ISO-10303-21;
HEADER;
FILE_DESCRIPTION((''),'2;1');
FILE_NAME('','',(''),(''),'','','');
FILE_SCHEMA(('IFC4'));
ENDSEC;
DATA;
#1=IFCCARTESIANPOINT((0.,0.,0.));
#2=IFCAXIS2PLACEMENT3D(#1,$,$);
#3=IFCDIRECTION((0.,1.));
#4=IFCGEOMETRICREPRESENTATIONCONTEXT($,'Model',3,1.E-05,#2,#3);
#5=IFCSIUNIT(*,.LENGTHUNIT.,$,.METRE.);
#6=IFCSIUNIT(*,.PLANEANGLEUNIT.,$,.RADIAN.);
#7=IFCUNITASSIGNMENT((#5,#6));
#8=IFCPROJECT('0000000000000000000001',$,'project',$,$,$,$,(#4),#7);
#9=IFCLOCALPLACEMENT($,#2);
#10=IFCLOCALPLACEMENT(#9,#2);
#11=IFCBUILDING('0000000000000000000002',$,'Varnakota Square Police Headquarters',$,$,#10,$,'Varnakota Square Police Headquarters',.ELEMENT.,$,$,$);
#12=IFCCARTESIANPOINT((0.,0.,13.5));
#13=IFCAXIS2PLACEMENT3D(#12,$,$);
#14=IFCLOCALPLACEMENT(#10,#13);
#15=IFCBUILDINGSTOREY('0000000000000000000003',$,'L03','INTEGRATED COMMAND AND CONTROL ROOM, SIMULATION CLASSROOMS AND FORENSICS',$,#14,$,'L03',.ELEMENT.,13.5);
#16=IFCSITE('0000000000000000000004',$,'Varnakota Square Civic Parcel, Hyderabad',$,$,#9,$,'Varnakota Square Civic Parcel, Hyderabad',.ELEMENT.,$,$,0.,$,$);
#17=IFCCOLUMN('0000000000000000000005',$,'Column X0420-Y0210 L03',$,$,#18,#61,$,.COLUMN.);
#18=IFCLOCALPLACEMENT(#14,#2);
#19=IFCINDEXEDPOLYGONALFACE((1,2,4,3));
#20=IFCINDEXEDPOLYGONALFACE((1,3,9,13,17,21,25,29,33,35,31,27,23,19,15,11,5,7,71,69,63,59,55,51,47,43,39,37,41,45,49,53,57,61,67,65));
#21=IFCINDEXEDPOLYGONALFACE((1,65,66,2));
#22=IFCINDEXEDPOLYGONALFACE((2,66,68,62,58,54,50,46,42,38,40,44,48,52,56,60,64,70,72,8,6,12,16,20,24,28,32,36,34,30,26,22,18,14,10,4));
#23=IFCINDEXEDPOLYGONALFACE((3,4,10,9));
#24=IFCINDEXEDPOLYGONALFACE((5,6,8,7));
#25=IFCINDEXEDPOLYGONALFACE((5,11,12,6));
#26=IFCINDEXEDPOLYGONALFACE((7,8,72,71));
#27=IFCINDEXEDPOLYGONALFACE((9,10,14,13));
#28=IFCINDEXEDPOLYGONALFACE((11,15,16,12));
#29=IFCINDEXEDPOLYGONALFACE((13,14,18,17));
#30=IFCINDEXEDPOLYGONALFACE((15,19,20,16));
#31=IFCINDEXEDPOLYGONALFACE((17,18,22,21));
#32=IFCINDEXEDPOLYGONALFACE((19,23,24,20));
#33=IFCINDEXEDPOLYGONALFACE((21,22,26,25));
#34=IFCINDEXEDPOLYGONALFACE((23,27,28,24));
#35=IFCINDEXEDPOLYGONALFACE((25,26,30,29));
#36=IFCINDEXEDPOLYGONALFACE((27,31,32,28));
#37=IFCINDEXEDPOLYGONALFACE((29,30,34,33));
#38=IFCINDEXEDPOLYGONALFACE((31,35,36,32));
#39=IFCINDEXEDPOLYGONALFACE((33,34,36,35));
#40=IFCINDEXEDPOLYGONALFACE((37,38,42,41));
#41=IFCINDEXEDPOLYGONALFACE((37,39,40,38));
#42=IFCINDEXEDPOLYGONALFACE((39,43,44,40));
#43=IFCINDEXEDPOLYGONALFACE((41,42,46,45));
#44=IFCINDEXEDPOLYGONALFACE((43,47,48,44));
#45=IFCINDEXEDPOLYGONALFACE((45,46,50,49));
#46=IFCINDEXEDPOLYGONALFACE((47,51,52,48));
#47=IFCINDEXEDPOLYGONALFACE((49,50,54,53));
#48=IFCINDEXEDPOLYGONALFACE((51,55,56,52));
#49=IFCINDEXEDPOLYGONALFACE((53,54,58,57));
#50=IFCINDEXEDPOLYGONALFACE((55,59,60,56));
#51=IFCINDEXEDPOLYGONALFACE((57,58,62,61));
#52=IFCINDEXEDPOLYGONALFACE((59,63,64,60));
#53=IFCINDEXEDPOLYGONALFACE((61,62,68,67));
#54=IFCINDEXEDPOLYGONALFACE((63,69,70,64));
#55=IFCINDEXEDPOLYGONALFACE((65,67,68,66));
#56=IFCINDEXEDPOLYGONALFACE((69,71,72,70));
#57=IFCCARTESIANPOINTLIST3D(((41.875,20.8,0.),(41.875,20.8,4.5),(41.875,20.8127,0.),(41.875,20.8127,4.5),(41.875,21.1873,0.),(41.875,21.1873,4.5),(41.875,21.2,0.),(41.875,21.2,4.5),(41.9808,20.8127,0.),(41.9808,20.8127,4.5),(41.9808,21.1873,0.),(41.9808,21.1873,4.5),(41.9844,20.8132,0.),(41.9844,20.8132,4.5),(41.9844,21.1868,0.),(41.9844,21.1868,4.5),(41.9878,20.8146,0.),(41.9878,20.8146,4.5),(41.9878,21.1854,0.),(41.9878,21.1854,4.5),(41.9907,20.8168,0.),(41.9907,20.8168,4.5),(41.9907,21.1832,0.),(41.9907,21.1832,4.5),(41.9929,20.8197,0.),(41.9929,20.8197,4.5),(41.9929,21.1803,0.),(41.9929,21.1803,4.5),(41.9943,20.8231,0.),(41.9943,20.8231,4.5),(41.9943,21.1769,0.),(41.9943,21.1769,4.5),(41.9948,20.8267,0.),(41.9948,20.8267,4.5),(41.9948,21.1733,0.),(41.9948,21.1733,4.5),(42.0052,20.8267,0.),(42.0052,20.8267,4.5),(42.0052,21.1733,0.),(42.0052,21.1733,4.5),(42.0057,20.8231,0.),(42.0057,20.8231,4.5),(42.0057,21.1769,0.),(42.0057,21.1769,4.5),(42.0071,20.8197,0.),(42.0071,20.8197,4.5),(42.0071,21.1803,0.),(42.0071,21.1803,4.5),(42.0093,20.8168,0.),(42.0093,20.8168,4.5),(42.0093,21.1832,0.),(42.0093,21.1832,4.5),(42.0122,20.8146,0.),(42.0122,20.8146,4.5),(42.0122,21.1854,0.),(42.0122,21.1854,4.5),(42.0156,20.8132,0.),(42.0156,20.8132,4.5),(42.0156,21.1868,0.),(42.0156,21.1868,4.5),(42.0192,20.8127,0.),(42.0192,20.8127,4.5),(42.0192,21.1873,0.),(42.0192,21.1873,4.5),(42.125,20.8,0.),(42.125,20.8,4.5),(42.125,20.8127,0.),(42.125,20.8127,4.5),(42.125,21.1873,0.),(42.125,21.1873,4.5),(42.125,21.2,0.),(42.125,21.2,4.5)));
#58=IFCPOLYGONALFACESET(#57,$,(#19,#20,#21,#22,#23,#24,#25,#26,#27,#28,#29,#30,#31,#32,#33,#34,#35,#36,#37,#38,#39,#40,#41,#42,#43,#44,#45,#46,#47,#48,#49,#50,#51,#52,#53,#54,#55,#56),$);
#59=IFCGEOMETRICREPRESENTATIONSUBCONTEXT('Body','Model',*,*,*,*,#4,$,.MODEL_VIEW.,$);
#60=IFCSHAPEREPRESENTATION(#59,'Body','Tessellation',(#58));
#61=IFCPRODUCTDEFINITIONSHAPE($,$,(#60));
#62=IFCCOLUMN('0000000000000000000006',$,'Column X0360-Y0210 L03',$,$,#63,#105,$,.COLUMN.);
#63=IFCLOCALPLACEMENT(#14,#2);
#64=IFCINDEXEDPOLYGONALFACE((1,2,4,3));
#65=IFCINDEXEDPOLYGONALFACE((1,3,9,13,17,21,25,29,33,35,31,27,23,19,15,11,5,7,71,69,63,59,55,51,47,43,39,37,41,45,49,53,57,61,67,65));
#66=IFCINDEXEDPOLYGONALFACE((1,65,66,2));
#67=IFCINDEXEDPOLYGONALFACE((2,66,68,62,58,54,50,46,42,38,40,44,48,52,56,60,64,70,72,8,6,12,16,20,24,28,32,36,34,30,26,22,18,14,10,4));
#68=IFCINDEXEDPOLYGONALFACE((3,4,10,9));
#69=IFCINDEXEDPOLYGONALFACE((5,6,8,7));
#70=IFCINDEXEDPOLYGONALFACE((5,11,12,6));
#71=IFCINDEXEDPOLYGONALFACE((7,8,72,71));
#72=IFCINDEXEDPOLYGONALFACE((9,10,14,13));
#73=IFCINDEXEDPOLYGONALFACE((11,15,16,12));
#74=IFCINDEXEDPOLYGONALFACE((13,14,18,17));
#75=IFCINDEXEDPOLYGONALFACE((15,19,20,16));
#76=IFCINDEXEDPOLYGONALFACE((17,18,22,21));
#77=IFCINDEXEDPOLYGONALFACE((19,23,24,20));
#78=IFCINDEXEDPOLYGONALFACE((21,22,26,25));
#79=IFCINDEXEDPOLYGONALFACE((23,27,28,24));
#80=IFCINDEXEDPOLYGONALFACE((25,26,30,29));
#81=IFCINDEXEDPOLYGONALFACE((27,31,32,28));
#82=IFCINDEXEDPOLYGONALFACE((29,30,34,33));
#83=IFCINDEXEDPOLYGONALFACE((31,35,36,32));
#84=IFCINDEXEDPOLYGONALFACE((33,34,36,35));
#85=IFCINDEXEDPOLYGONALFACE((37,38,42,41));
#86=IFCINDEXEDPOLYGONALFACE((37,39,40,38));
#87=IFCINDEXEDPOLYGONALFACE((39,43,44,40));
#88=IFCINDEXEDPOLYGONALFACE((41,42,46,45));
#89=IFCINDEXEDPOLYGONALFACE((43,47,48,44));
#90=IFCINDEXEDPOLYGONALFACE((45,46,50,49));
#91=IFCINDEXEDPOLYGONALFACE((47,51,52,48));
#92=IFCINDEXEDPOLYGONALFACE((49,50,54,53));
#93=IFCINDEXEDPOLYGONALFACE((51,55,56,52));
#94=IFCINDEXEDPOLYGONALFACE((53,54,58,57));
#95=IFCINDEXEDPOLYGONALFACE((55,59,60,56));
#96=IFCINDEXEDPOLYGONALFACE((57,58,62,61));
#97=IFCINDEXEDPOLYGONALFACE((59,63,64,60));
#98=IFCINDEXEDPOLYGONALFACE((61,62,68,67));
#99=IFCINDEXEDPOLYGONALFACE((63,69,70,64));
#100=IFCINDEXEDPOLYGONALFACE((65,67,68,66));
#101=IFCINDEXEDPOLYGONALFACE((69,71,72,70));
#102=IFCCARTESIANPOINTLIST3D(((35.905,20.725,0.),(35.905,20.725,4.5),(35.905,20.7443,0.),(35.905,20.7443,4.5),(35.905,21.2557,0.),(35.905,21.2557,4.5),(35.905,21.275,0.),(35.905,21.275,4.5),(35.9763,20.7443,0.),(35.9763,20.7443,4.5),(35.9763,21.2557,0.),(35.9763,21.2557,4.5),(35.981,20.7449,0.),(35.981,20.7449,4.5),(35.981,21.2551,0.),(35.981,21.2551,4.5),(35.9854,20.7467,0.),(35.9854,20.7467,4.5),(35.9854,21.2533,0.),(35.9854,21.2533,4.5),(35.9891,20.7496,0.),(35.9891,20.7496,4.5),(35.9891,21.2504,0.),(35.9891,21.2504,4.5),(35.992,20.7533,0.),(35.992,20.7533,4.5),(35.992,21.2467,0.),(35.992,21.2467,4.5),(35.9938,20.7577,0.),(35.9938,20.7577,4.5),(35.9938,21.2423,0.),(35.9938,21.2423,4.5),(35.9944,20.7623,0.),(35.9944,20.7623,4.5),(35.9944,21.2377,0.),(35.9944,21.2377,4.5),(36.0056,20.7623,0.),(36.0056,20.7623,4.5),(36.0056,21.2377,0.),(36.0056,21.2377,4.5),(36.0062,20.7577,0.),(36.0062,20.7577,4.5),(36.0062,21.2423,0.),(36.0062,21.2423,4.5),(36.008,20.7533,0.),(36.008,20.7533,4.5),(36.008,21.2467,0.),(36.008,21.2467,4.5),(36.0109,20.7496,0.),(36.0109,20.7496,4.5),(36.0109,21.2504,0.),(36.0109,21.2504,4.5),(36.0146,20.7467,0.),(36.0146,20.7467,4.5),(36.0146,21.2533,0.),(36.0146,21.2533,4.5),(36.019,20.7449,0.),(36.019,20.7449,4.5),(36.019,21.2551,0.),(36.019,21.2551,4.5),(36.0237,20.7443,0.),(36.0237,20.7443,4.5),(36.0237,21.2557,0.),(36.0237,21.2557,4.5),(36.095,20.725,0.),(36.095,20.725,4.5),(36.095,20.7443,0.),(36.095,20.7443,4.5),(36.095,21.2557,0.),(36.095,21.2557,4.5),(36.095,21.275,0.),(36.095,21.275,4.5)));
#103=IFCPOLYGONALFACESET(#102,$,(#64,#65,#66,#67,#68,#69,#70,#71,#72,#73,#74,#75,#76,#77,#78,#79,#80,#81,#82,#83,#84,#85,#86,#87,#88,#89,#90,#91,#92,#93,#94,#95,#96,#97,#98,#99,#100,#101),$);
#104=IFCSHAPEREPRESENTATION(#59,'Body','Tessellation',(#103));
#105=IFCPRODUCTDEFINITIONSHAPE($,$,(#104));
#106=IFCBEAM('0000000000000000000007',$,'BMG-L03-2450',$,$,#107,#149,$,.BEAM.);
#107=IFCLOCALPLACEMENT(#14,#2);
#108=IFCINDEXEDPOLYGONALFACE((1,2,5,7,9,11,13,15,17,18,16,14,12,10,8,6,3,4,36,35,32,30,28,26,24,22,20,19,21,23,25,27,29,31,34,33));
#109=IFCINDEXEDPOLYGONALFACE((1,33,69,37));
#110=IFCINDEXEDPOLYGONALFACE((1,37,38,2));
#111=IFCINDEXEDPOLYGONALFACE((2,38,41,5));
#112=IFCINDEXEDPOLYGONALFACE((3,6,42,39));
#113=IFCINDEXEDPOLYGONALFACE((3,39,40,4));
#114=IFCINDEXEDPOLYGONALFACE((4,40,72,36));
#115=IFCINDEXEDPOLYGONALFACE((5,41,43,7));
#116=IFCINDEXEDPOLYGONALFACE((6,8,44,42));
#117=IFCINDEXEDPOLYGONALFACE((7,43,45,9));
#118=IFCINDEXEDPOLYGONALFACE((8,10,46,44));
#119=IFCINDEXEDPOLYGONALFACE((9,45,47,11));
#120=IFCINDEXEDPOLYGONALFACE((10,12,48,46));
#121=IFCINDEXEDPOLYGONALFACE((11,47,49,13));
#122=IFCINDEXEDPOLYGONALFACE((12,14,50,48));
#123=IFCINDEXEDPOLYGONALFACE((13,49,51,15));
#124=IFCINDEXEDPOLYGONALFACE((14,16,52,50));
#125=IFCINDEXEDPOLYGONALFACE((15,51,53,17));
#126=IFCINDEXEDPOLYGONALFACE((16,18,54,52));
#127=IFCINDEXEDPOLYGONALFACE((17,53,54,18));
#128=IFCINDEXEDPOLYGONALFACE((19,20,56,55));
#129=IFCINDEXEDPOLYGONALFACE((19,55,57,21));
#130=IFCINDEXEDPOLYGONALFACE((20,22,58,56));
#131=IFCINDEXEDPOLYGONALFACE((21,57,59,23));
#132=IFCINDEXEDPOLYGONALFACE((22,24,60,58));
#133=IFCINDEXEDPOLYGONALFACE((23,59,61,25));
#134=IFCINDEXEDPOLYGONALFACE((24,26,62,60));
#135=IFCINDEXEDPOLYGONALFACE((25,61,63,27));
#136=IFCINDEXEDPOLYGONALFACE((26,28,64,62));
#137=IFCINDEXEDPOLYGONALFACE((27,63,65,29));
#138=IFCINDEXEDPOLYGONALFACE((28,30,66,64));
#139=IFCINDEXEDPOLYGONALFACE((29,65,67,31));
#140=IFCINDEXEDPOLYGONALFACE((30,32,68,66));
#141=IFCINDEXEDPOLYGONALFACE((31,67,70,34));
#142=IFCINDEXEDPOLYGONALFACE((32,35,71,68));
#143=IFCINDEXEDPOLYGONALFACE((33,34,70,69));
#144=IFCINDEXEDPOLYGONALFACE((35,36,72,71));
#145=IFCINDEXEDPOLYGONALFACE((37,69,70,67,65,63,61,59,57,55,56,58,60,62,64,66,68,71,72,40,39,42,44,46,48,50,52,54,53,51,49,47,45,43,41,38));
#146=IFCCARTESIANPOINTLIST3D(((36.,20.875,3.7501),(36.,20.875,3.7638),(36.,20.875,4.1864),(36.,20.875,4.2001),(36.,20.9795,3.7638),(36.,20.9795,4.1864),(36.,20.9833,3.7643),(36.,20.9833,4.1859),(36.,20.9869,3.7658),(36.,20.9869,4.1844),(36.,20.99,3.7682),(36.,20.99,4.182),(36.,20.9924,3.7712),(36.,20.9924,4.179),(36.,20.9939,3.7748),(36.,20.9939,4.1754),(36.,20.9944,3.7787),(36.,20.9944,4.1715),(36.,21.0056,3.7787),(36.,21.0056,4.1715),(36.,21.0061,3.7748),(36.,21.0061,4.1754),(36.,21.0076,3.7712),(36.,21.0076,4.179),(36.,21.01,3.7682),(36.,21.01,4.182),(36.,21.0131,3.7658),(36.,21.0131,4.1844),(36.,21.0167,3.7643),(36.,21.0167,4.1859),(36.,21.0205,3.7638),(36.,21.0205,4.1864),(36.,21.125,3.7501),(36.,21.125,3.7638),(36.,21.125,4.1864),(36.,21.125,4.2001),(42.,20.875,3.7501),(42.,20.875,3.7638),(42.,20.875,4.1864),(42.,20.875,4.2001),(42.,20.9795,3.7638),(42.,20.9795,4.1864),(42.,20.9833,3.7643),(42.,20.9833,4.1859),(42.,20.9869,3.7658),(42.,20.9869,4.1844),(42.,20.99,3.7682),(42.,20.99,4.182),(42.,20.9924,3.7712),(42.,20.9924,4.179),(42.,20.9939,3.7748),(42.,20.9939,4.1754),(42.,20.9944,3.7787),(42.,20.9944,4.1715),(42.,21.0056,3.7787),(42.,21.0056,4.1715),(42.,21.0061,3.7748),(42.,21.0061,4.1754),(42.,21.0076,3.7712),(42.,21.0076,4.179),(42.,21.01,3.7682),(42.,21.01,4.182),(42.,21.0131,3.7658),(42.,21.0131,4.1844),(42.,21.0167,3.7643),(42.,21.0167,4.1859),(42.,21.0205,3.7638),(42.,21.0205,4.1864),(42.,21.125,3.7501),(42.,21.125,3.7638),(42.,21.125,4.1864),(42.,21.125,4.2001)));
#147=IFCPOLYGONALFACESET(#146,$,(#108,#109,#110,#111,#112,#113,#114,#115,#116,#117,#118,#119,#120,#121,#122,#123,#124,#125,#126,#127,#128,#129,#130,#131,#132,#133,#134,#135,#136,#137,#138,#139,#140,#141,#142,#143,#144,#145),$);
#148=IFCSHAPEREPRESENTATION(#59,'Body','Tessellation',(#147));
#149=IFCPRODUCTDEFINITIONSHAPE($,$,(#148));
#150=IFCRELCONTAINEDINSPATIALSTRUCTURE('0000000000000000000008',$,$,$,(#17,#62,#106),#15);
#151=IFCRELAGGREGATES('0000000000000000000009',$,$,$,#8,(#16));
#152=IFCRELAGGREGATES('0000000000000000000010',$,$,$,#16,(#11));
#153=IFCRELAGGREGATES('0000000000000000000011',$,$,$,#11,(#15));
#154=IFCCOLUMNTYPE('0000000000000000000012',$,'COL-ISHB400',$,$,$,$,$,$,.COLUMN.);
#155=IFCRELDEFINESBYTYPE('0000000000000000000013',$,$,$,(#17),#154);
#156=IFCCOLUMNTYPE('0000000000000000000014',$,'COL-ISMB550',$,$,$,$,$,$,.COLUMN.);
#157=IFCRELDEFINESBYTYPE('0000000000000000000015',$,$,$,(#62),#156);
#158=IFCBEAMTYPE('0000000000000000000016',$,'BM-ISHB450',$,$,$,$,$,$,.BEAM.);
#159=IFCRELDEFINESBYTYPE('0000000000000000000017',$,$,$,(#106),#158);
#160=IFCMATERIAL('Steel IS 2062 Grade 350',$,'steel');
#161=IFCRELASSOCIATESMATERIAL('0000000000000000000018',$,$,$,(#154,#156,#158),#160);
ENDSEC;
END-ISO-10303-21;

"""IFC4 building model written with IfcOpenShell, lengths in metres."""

from ifc_helpers import new_model, si_unit, direction, frame, origin, origin_2d, place, context, subcontext, project, spatial, i_section, extrude, material, material_profile, profile_set, type_object, element, save


model = new_model("IFC4")

# Units and contexts
model_context = context("Model", 3, precision=1e-05, world=origin(), true_north=direction((0.0, 1.0)))
body_context = subcontext(model_context, "Body", "Model", "MODEL_VIEW")
ifc_project = project(units=[si_unit("LENGTHUNIT", "METRE"), si_unit("PLANEANGLEUNIT", "RADIAN")], contexts=[model_context])

# Site, building, storey
site_placement = place(None, origin())
site = spatial("IfcSite", under=ifc_project, at=site_placement, Name="Varnakota Square Civic Parcel, Hyderabad", LongName="Varnakota Square Civic Parcel, Hyderabad", CompositionType="ELEMENT", RefElevation=0.0)
building_placement = place(site_placement, origin())
building = spatial("IfcBuilding", under=site, at=building_placement, Name="Varnakota Square Police Headquarters", LongName="Varnakota Square Police Headquarters", CompositionType="ELEMENT")
storey_placement = place(building_placement, frame((0.0, 0.0, 13.5)))
storey = spatial("IfcBuildingStorey", under=building, at=storey_placement, Name="L03", Description="INTEGRATED COMMAND AND CONTROL ROOM, SIMULATION CLASSROOMS AND FORENSICS", LongName="L03", CompositionType="ELEMENT", Elevation=13.5)

# Columns
ifc_material_1 = material(Name="Steel IS 2062 Grade 350", Category="steel")
ifc_material_profile_1 = material_profile(ifc_material_1, i_section(OverallWidth=0.25, OverallDepth=0.3999, WebThickness=0.0105, FlangeThickness=0.0127, FilletRadius=0.0139, at=origin_2d()), Name="ISHB 400")
ifc_profile_set_1 = profile_set([ifc_material_profile_1], Name="Steel IS 2062 Grade 350")
column_type_1 = type_object("IfcColumnType", Name="COL-ISHB400", PredefinedType="COLUMN", material=ifc_profile_set_1)
column_1_placement = place(storey_placement, frame((42.0, 21.0, 0.0), z_axis=(0.0, 0.0, 1.0), x_axis=(1.0, 0.0, 0.0)))
element("IfcColumn", 1, at=column_1_placement, inside=storey, type_object=column_type_1, Name="Column X0420-Y0210 L03", PredefinedType="COLUMN", context=body_context, shape_type="SweptSolid", body=[
    extrude(i_section(OverallWidth=0.25, OverallDepth=0.3999, WebThickness=0.0105, FlangeThickness=0.0127, FilletRadius=0.0139, at=origin_2d()), origin(), (0.0, 0.0, 1.0), 4.5),
])
ifc_material_profile_2 = material_profile(ifc_material_1, i_section(OverallWidth=0.1899, OverallDepth=0.55, WebThickness=0.0112, FlangeThickness=0.0193, FilletRadius=0.0181, at=origin_2d()), Name="ISMB 550")
ifc_profile_set_2 = profile_set([ifc_material_profile_2], Name="Steel IS 2062 Grade 350")
column_type_2 = type_object("IfcColumnType", Name="COL-ISMB550", PredefinedType="COLUMN", material=ifc_profile_set_2)
column_2_placement = place(storey_placement, frame((36.0, 21.0, 0.0), z_axis=(0.0, 0.0, 1.0), x_axis=(1.0, 0.0, 0.0)))
element("IfcColumn", 2, at=column_2_placement, inside=storey, type_object=column_type_2, Name="Column X0360-Y0210 L03", PredefinedType="COLUMN", context=body_context, shape_type="SweptSolid", body=[
    extrude(i_section(OverallWidth=0.1899, OverallDepth=0.55, WebThickness=0.0112, FlangeThickness=0.0193, FilletRadius=0.0181, at=origin_2d()), origin(), (0.0, 0.0, 1.0), 4.5),
])

# Beam
ifc_material_profile_3 = material_profile(ifc_material_1, i_section(OverallWidth=0.25, OverallDepth=0.45, WebThickness=0.0112, FlangeThickness=0.0137, FilletRadius=0.0149, at=origin_2d()), Name="ISHB 450")
ifc_profile_set_3 = profile_set([ifc_material_profile_3], Name="Steel IS 2062 Grade 350")
beam_type_1 = type_object("IfcBeamType", Name="BM-ISHB450", PredefinedType="BEAM", material=ifc_profile_set_3)
beam_1_placement = place(storey_placement, frame((36.0, 21.0, 3.9751), z_axis=(1.0, 0.0, 0.0), x_axis=(0.0, 1.0, 0.0)))
element("IfcBeam", 3, at=beam_1_placement, inside=storey, type_object=beam_type_1, Name="BMG-L03-2450", PredefinedType="BEAM", context=body_context, shape_type="SweptSolid", body=[
    extrude(i_section(OverallWidth=0.25, OverallDepth=0.45, WebThickness=0.0112, FlangeThickness=0.0137, FilletRadius=0.0149, at=origin_2d()), origin(), (0.0, 0.0, 1.0), 6.0),
])

save(model, "model.ifc")
